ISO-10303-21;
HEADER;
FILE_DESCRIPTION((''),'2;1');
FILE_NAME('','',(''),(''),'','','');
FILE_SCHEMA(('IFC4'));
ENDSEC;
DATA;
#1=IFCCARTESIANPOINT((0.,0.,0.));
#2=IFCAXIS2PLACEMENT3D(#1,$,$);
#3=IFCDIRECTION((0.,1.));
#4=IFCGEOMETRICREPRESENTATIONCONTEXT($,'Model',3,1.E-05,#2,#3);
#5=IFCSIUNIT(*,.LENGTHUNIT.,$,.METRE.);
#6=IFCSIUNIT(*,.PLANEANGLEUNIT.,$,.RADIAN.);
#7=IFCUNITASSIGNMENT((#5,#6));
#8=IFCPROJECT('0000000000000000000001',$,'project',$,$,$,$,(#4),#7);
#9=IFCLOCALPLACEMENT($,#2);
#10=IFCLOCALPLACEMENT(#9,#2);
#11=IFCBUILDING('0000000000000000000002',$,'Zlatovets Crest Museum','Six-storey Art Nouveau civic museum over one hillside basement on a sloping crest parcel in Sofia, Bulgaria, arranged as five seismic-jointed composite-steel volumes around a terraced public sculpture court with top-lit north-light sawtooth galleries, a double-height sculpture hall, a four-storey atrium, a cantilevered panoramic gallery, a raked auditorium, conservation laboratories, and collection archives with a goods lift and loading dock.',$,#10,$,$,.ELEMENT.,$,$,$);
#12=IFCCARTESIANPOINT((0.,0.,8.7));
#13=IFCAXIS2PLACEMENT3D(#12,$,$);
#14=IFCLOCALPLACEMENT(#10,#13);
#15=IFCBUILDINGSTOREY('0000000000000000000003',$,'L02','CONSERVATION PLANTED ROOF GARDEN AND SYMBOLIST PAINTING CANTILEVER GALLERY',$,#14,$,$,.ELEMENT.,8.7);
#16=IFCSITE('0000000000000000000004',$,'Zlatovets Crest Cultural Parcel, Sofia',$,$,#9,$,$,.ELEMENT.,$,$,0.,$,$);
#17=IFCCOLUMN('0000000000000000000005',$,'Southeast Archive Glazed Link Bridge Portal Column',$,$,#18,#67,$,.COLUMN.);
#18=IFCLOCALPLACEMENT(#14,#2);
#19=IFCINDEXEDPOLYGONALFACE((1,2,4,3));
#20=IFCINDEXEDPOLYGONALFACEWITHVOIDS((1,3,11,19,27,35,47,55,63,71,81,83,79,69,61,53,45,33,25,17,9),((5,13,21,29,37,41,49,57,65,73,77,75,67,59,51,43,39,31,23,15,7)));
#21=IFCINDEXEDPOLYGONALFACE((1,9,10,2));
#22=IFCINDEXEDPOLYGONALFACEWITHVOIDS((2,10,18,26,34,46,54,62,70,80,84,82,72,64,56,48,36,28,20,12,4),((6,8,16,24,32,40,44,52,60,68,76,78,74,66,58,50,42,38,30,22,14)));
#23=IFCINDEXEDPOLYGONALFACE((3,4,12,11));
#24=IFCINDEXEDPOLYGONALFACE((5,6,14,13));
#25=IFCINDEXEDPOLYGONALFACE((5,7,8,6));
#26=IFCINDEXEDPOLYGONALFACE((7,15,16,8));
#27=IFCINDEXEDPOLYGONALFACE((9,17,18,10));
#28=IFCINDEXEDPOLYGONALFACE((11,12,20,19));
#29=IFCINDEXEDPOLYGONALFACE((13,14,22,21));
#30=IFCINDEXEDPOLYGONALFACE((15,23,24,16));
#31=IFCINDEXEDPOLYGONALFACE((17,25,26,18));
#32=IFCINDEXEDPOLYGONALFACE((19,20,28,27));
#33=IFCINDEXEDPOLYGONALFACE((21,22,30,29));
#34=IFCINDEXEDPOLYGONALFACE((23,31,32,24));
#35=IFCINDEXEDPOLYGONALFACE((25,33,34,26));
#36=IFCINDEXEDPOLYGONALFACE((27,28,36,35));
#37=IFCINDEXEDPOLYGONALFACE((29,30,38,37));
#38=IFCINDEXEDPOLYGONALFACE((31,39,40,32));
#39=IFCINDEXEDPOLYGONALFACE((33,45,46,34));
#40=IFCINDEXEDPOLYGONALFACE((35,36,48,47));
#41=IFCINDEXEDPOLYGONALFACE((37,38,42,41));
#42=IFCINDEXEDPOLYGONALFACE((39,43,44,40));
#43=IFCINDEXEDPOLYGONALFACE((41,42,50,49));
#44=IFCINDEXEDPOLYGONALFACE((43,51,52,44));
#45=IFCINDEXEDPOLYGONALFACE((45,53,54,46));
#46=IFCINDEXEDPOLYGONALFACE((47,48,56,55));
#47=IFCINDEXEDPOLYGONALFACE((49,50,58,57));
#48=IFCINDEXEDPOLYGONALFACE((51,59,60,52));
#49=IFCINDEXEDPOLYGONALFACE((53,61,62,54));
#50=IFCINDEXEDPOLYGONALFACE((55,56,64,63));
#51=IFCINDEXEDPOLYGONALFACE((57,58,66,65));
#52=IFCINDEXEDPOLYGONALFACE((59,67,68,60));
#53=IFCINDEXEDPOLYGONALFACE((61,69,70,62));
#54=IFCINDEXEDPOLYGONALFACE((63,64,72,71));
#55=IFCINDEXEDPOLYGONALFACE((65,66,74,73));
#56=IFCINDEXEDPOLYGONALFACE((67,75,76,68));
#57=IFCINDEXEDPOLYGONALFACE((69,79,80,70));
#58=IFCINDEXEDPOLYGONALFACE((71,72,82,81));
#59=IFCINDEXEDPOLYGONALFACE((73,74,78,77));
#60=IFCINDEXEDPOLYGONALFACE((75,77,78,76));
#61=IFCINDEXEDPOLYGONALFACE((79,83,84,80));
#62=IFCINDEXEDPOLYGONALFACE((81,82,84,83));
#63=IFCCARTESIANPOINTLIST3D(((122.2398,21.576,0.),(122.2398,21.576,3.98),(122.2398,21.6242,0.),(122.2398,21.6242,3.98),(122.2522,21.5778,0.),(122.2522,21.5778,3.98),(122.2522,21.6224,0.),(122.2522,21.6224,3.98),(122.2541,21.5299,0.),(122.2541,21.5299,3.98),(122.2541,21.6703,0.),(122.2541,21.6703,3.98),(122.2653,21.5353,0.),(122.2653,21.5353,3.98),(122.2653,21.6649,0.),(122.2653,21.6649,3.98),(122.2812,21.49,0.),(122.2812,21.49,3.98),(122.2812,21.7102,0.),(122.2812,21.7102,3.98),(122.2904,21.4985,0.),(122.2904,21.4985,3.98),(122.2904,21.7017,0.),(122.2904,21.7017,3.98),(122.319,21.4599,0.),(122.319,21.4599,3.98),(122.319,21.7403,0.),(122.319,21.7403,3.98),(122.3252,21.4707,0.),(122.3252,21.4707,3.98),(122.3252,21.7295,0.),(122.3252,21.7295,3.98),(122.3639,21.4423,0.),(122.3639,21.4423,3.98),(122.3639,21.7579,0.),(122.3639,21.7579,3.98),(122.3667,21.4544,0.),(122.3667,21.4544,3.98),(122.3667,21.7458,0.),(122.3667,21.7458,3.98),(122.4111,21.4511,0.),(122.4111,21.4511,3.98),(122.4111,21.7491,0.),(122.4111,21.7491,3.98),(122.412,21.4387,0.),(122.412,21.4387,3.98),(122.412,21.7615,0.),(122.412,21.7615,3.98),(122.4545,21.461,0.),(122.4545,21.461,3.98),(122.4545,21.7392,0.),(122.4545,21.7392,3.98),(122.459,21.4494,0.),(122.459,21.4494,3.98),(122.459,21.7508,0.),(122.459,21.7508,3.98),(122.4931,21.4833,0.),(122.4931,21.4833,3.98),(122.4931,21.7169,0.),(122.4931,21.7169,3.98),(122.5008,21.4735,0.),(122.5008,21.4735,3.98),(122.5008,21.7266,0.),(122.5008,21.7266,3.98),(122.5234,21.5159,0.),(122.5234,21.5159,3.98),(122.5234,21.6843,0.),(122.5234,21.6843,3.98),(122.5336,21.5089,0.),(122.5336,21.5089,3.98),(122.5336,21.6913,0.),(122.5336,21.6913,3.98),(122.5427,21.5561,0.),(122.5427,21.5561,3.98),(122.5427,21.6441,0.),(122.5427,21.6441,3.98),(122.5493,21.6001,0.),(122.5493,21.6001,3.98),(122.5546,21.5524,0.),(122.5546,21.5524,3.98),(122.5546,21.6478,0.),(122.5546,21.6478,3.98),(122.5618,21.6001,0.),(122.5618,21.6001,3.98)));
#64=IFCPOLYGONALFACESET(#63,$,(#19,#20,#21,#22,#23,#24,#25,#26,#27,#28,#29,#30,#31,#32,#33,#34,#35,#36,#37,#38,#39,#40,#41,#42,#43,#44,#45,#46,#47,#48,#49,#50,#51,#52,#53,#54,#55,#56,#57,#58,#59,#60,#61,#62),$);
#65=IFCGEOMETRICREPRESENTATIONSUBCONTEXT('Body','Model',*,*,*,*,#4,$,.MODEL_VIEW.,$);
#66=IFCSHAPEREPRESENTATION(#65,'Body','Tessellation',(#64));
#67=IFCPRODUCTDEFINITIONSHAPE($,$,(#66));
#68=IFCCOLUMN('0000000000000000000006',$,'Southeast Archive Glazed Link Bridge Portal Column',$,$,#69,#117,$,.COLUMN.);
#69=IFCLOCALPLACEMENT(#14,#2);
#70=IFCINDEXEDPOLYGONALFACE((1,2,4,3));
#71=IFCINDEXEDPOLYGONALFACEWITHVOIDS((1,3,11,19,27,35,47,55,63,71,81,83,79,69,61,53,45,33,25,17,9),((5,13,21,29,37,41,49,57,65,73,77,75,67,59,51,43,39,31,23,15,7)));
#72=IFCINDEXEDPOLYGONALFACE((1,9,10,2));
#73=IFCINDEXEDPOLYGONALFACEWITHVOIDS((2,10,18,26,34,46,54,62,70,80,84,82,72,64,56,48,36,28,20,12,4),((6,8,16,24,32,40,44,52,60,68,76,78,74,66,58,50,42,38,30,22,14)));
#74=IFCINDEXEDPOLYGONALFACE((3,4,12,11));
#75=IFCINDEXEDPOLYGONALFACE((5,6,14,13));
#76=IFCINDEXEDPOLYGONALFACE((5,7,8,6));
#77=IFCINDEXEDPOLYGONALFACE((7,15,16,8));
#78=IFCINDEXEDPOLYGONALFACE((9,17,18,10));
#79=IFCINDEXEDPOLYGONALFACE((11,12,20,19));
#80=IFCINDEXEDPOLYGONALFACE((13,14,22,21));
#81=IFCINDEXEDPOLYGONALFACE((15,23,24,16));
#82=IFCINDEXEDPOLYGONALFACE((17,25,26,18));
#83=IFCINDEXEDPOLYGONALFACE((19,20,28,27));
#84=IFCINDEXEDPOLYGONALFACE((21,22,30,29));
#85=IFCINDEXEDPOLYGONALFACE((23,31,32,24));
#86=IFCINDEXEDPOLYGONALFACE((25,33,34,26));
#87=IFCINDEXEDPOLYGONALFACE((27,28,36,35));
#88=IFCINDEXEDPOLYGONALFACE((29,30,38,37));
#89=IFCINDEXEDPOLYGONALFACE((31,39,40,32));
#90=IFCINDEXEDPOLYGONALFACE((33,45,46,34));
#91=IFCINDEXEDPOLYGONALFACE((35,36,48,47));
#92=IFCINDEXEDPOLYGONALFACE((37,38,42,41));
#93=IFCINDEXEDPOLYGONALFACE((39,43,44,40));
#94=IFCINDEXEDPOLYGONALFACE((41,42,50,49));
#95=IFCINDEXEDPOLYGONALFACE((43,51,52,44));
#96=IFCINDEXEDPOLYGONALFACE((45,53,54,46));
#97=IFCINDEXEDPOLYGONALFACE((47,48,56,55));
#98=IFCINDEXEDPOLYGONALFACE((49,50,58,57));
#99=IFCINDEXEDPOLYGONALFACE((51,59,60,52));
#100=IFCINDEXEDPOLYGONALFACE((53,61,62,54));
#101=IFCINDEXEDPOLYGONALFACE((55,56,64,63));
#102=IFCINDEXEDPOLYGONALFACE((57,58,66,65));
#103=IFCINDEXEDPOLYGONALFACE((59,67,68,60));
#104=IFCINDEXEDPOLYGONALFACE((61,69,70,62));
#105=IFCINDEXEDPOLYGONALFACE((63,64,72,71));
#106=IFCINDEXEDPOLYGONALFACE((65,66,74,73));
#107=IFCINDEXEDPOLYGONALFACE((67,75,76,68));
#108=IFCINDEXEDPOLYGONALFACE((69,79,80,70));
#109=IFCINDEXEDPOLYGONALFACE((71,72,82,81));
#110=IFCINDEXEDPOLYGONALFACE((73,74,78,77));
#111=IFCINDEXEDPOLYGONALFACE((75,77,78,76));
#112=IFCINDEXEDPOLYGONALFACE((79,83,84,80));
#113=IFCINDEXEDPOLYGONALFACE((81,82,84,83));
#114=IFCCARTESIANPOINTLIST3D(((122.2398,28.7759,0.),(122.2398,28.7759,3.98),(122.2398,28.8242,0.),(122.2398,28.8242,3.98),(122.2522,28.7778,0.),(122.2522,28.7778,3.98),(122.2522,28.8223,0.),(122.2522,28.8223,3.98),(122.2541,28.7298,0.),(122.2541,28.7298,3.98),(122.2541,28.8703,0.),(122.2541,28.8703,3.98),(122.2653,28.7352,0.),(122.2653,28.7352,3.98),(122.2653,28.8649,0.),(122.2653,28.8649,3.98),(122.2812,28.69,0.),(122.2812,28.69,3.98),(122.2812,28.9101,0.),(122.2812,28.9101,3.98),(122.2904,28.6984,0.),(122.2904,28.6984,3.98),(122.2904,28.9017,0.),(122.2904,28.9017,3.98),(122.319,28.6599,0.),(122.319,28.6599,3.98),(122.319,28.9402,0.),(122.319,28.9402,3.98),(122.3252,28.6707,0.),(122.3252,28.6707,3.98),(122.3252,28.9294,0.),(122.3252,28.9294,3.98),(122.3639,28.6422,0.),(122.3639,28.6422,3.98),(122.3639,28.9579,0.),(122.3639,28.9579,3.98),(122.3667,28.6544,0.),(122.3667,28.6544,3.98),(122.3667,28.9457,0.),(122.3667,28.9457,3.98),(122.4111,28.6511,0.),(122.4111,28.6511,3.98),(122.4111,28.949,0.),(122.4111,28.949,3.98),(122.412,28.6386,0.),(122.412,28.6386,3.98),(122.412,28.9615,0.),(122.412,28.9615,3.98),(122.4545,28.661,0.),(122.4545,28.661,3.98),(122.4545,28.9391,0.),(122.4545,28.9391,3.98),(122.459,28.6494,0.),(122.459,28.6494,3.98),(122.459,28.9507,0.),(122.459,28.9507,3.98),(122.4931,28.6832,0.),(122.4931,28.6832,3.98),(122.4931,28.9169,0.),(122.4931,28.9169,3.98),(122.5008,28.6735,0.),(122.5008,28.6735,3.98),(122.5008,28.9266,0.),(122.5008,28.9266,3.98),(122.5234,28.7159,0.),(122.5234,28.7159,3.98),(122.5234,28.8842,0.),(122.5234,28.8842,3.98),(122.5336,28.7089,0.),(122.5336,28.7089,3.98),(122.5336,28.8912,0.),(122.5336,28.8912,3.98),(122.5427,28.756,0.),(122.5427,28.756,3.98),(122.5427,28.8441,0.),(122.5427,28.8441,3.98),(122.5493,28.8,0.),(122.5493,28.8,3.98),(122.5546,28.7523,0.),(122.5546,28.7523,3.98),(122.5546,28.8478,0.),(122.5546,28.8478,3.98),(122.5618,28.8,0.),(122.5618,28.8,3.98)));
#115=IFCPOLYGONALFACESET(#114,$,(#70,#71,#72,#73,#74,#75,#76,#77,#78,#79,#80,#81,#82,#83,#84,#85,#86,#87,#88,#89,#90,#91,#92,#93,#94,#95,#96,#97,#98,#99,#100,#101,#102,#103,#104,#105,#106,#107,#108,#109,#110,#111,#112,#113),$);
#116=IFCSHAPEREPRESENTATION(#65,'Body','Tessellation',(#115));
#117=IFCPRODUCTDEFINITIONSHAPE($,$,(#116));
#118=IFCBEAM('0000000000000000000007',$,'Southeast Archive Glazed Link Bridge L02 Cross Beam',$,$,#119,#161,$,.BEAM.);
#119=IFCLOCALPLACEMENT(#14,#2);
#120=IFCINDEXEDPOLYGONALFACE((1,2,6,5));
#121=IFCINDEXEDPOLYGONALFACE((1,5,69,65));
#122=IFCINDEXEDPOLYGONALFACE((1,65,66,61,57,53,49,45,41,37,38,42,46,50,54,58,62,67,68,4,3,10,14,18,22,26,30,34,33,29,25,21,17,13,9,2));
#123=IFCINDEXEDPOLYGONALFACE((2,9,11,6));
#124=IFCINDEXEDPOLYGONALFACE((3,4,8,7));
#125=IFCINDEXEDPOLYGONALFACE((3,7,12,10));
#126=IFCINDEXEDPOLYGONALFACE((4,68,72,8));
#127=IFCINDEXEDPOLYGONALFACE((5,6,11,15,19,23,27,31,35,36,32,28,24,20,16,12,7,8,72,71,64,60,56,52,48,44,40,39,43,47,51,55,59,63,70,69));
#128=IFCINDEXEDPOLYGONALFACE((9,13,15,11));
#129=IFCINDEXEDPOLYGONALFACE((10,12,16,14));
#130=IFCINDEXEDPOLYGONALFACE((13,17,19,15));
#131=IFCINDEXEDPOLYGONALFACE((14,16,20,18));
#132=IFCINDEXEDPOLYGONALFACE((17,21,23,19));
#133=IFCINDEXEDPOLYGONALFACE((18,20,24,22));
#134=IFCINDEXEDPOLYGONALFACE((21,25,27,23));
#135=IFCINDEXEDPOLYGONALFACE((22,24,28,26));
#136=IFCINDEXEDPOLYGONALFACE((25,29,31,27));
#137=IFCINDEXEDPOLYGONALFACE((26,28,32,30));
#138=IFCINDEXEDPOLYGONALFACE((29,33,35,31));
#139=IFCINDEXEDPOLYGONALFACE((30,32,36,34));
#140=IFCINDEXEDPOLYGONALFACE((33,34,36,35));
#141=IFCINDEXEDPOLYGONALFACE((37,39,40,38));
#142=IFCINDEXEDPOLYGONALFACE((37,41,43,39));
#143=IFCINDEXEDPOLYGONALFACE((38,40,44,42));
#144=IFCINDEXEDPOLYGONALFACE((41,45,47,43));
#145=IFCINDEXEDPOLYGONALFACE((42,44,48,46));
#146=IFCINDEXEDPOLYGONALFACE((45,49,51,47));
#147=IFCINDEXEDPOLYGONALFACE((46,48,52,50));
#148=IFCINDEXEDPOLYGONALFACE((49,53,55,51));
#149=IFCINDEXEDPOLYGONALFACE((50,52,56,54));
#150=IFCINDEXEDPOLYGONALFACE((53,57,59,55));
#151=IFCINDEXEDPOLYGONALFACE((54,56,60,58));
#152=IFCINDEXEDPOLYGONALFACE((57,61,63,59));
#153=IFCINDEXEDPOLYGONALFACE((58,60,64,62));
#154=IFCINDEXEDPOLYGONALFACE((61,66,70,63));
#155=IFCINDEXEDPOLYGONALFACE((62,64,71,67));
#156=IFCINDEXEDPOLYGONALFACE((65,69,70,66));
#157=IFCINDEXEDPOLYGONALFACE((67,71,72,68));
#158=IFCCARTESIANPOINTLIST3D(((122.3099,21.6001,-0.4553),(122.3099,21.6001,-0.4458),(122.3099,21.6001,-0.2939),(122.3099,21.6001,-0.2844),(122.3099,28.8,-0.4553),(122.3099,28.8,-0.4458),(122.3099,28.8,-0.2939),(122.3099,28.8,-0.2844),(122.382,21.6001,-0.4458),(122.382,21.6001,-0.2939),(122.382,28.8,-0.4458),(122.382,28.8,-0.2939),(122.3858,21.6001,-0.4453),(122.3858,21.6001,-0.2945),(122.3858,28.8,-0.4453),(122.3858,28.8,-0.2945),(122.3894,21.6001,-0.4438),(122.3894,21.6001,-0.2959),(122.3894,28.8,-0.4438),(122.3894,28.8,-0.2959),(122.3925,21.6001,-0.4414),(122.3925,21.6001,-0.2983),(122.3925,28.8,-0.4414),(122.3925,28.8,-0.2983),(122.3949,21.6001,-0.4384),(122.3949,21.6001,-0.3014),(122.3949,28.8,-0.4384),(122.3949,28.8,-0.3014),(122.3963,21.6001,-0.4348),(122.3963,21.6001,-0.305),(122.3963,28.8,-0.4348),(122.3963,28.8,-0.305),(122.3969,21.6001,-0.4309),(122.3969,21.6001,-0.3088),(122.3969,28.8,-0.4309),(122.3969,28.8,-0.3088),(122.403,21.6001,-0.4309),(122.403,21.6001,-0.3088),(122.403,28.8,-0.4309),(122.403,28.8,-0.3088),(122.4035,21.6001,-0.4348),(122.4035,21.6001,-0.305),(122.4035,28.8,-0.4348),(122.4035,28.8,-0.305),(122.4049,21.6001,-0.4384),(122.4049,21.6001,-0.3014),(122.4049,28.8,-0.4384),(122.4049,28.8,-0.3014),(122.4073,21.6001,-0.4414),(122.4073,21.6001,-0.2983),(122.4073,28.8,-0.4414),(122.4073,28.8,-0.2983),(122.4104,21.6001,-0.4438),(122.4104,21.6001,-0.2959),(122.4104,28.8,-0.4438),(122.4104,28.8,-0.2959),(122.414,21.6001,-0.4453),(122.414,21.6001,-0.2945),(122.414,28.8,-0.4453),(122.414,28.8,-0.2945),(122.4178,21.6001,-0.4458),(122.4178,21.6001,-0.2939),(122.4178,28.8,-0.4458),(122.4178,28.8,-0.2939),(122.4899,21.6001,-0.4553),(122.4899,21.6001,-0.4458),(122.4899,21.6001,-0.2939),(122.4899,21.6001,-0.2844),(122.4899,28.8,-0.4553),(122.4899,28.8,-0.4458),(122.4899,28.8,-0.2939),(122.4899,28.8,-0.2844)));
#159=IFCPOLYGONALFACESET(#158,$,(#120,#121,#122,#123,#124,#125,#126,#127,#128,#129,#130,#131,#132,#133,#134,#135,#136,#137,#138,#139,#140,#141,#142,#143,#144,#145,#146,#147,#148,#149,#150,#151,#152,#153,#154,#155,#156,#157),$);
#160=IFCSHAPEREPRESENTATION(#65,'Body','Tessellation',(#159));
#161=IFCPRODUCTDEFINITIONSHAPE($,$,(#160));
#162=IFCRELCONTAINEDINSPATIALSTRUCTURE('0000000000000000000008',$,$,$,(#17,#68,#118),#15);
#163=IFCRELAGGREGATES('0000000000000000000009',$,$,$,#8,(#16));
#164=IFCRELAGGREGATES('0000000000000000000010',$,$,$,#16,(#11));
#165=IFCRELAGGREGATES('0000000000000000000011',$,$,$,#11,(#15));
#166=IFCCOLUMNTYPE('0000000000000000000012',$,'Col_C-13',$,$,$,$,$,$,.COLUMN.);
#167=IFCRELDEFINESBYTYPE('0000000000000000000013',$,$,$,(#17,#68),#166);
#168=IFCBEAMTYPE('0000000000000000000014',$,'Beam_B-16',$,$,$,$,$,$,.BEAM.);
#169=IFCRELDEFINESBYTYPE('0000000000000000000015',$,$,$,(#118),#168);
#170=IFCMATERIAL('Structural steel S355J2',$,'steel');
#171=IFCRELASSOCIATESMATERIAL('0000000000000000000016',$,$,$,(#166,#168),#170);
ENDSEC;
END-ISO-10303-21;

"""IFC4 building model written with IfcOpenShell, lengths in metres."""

from ifc_helpers import new_model, si_unit, direction, frame, origin, origin_2d, place, context, subcontext, project, spatial, hollow_circle, i_section, extrude, material, material_profile, profile_set, type_object, element, save


model = new_model("IFC4")

# Units and contexts
model_context = context("Model", 3, precision=1e-05, world=origin(), true_north=direction((0.0, 1.0)))
body_context = subcontext(model_context, "Body", "Model", "MODEL_VIEW")
ifc_project = project(units=[si_unit("LENGTHUNIT", "METRE"), si_unit("PLANEANGLEUNIT", "RADIAN")], contexts=[model_context])

# Site, building, storey
site_placement = place(None, origin())
site = spatial("IfcSite", under=ifc_project, at=site_placement, Name="Zlatovets Crest Cultural Parcel, Sofia", CompositionType="ELEMENT", RefElevation=0.0)
building_placement = place(site_placement, origin())
building = spatial("IfcBuilding", under=site, at=building_placement, Name="Zlatovets Crest Museum", Description="Six-storey Art Nouveau civic museum over one hillside basement on a sloping crest parcel in Sofia, Bulgaria, arranged as five seismic-jointed composite-steel volumes around a terraced public sculpture court with top-lit north-light sawtooth galleries, a double-height sculpture hall, a four-storey atrium, a cantilevered panoramic gallery, a raked auditorium, conservation laboratories, and collection archives with a goods lift and loading dock.", CompositionType="ELEMENT")
storey_placement = place(building_placement, frame((0.0, 0.0, 8.7)))
storey = spatial("IfcBuildingStorey", under=building, at=storey_placement, Name="L02", Description="CONSERVATION PLANTED ROOF GARDEN AND SYMBOLIST PAINTING CANTILEVER GALLERY", CompositionType="ELEMENT", Elevation=8.7)

# Columns
ifc_material_1 = material(Name="Structural steel S355J2", Category="steel")
ifc_material_profile_1 = material_profile(ifc_material_1, hollow_circle(Radius=0.1619, WallThickness=0.0125, at=origin_2d()), Name="CHS 323.9x12.5")
ifc_profile_set_1 = profile_set([ifc_material_profile_1], Name="Structural steel S355J2")
column_type = type_object("IfcColumnType", Name="Col_C-13", PredefinedType="COLUMN", material=ifc_profile_set_1)
for number, where, z_axis, x_axis, name in (
    (1, (122.3999, 21.6001, 0.0), (0.0, 0.0, 1.0), (1.0, 0.0, 0.0), "Southeast Archive Glazed Link Bridge Portal Column"),
    (2, (122.3999, 28.8, 0.0), (0.0, 0.0, 1.0), (1.0, 0.0, 0.0), "Southeast Archive Glazed Link Bridge Portal Column"),
):
    element("IfcColumn", number, at=place(storey_placement, frame(where, z_axis=z_axis, x_axis=x_axis)), inside=storey, type_object=column_type, Name=name, PredefinedType="COLUMN", context=body_context, shape_type="SweptSolid", body=[
        extrude(hollow_circle(Radius=0.1619, WallThickness=0.0125, at=origin_2d()), origin(), (0.0, 0.0, 1.0), 3.98),
    ])

# Beam
ifc_material_profile_2 = material_profile(ifc_material_1, i_section(OverallWidth=0.1799, OverallDepth=0.1709, WebThickness=0.0061, FlangeThickness=0.0095, FilletRadius=0.0149, at=origin_2d()), Name="HEA 180")
ifc_profile_set_2 = profile_set([ifc_material_profile_2], Name="Structural steel S355J2")
beam_type_1 = type_object("IfcBeamType", Name="Beam_B-16", PredefinedType="BEAM", material=ifc_profile_set_2)
beam_placement = place(storey_placement, frame((122.3999, 21.6001, -0.3699), z_axis=(0.0, 1.0, 0.0), x_axis=(-1.0, 0.0, 0.0)))
element("IfcBeam", 3, at=beam_placement, inside=storey, type_object=beam_type_1, Name="Southeast Archive Glazed Link Bridge L02 Cross Beam", PredefinedType="BEAM", context=body_context, shape_type="SweptSolid", body=[
    extrude(i_section(OverallWidth=0.1799, OverallDepth=0.1709, WebThickness=0.0061, FlangeThickness=0.0095, FilletRadius=0.0149, at=origin_2d()), origin(), (0.0, 0.0, 1.0), 7.2),
])

save(model, "model.ifc")
